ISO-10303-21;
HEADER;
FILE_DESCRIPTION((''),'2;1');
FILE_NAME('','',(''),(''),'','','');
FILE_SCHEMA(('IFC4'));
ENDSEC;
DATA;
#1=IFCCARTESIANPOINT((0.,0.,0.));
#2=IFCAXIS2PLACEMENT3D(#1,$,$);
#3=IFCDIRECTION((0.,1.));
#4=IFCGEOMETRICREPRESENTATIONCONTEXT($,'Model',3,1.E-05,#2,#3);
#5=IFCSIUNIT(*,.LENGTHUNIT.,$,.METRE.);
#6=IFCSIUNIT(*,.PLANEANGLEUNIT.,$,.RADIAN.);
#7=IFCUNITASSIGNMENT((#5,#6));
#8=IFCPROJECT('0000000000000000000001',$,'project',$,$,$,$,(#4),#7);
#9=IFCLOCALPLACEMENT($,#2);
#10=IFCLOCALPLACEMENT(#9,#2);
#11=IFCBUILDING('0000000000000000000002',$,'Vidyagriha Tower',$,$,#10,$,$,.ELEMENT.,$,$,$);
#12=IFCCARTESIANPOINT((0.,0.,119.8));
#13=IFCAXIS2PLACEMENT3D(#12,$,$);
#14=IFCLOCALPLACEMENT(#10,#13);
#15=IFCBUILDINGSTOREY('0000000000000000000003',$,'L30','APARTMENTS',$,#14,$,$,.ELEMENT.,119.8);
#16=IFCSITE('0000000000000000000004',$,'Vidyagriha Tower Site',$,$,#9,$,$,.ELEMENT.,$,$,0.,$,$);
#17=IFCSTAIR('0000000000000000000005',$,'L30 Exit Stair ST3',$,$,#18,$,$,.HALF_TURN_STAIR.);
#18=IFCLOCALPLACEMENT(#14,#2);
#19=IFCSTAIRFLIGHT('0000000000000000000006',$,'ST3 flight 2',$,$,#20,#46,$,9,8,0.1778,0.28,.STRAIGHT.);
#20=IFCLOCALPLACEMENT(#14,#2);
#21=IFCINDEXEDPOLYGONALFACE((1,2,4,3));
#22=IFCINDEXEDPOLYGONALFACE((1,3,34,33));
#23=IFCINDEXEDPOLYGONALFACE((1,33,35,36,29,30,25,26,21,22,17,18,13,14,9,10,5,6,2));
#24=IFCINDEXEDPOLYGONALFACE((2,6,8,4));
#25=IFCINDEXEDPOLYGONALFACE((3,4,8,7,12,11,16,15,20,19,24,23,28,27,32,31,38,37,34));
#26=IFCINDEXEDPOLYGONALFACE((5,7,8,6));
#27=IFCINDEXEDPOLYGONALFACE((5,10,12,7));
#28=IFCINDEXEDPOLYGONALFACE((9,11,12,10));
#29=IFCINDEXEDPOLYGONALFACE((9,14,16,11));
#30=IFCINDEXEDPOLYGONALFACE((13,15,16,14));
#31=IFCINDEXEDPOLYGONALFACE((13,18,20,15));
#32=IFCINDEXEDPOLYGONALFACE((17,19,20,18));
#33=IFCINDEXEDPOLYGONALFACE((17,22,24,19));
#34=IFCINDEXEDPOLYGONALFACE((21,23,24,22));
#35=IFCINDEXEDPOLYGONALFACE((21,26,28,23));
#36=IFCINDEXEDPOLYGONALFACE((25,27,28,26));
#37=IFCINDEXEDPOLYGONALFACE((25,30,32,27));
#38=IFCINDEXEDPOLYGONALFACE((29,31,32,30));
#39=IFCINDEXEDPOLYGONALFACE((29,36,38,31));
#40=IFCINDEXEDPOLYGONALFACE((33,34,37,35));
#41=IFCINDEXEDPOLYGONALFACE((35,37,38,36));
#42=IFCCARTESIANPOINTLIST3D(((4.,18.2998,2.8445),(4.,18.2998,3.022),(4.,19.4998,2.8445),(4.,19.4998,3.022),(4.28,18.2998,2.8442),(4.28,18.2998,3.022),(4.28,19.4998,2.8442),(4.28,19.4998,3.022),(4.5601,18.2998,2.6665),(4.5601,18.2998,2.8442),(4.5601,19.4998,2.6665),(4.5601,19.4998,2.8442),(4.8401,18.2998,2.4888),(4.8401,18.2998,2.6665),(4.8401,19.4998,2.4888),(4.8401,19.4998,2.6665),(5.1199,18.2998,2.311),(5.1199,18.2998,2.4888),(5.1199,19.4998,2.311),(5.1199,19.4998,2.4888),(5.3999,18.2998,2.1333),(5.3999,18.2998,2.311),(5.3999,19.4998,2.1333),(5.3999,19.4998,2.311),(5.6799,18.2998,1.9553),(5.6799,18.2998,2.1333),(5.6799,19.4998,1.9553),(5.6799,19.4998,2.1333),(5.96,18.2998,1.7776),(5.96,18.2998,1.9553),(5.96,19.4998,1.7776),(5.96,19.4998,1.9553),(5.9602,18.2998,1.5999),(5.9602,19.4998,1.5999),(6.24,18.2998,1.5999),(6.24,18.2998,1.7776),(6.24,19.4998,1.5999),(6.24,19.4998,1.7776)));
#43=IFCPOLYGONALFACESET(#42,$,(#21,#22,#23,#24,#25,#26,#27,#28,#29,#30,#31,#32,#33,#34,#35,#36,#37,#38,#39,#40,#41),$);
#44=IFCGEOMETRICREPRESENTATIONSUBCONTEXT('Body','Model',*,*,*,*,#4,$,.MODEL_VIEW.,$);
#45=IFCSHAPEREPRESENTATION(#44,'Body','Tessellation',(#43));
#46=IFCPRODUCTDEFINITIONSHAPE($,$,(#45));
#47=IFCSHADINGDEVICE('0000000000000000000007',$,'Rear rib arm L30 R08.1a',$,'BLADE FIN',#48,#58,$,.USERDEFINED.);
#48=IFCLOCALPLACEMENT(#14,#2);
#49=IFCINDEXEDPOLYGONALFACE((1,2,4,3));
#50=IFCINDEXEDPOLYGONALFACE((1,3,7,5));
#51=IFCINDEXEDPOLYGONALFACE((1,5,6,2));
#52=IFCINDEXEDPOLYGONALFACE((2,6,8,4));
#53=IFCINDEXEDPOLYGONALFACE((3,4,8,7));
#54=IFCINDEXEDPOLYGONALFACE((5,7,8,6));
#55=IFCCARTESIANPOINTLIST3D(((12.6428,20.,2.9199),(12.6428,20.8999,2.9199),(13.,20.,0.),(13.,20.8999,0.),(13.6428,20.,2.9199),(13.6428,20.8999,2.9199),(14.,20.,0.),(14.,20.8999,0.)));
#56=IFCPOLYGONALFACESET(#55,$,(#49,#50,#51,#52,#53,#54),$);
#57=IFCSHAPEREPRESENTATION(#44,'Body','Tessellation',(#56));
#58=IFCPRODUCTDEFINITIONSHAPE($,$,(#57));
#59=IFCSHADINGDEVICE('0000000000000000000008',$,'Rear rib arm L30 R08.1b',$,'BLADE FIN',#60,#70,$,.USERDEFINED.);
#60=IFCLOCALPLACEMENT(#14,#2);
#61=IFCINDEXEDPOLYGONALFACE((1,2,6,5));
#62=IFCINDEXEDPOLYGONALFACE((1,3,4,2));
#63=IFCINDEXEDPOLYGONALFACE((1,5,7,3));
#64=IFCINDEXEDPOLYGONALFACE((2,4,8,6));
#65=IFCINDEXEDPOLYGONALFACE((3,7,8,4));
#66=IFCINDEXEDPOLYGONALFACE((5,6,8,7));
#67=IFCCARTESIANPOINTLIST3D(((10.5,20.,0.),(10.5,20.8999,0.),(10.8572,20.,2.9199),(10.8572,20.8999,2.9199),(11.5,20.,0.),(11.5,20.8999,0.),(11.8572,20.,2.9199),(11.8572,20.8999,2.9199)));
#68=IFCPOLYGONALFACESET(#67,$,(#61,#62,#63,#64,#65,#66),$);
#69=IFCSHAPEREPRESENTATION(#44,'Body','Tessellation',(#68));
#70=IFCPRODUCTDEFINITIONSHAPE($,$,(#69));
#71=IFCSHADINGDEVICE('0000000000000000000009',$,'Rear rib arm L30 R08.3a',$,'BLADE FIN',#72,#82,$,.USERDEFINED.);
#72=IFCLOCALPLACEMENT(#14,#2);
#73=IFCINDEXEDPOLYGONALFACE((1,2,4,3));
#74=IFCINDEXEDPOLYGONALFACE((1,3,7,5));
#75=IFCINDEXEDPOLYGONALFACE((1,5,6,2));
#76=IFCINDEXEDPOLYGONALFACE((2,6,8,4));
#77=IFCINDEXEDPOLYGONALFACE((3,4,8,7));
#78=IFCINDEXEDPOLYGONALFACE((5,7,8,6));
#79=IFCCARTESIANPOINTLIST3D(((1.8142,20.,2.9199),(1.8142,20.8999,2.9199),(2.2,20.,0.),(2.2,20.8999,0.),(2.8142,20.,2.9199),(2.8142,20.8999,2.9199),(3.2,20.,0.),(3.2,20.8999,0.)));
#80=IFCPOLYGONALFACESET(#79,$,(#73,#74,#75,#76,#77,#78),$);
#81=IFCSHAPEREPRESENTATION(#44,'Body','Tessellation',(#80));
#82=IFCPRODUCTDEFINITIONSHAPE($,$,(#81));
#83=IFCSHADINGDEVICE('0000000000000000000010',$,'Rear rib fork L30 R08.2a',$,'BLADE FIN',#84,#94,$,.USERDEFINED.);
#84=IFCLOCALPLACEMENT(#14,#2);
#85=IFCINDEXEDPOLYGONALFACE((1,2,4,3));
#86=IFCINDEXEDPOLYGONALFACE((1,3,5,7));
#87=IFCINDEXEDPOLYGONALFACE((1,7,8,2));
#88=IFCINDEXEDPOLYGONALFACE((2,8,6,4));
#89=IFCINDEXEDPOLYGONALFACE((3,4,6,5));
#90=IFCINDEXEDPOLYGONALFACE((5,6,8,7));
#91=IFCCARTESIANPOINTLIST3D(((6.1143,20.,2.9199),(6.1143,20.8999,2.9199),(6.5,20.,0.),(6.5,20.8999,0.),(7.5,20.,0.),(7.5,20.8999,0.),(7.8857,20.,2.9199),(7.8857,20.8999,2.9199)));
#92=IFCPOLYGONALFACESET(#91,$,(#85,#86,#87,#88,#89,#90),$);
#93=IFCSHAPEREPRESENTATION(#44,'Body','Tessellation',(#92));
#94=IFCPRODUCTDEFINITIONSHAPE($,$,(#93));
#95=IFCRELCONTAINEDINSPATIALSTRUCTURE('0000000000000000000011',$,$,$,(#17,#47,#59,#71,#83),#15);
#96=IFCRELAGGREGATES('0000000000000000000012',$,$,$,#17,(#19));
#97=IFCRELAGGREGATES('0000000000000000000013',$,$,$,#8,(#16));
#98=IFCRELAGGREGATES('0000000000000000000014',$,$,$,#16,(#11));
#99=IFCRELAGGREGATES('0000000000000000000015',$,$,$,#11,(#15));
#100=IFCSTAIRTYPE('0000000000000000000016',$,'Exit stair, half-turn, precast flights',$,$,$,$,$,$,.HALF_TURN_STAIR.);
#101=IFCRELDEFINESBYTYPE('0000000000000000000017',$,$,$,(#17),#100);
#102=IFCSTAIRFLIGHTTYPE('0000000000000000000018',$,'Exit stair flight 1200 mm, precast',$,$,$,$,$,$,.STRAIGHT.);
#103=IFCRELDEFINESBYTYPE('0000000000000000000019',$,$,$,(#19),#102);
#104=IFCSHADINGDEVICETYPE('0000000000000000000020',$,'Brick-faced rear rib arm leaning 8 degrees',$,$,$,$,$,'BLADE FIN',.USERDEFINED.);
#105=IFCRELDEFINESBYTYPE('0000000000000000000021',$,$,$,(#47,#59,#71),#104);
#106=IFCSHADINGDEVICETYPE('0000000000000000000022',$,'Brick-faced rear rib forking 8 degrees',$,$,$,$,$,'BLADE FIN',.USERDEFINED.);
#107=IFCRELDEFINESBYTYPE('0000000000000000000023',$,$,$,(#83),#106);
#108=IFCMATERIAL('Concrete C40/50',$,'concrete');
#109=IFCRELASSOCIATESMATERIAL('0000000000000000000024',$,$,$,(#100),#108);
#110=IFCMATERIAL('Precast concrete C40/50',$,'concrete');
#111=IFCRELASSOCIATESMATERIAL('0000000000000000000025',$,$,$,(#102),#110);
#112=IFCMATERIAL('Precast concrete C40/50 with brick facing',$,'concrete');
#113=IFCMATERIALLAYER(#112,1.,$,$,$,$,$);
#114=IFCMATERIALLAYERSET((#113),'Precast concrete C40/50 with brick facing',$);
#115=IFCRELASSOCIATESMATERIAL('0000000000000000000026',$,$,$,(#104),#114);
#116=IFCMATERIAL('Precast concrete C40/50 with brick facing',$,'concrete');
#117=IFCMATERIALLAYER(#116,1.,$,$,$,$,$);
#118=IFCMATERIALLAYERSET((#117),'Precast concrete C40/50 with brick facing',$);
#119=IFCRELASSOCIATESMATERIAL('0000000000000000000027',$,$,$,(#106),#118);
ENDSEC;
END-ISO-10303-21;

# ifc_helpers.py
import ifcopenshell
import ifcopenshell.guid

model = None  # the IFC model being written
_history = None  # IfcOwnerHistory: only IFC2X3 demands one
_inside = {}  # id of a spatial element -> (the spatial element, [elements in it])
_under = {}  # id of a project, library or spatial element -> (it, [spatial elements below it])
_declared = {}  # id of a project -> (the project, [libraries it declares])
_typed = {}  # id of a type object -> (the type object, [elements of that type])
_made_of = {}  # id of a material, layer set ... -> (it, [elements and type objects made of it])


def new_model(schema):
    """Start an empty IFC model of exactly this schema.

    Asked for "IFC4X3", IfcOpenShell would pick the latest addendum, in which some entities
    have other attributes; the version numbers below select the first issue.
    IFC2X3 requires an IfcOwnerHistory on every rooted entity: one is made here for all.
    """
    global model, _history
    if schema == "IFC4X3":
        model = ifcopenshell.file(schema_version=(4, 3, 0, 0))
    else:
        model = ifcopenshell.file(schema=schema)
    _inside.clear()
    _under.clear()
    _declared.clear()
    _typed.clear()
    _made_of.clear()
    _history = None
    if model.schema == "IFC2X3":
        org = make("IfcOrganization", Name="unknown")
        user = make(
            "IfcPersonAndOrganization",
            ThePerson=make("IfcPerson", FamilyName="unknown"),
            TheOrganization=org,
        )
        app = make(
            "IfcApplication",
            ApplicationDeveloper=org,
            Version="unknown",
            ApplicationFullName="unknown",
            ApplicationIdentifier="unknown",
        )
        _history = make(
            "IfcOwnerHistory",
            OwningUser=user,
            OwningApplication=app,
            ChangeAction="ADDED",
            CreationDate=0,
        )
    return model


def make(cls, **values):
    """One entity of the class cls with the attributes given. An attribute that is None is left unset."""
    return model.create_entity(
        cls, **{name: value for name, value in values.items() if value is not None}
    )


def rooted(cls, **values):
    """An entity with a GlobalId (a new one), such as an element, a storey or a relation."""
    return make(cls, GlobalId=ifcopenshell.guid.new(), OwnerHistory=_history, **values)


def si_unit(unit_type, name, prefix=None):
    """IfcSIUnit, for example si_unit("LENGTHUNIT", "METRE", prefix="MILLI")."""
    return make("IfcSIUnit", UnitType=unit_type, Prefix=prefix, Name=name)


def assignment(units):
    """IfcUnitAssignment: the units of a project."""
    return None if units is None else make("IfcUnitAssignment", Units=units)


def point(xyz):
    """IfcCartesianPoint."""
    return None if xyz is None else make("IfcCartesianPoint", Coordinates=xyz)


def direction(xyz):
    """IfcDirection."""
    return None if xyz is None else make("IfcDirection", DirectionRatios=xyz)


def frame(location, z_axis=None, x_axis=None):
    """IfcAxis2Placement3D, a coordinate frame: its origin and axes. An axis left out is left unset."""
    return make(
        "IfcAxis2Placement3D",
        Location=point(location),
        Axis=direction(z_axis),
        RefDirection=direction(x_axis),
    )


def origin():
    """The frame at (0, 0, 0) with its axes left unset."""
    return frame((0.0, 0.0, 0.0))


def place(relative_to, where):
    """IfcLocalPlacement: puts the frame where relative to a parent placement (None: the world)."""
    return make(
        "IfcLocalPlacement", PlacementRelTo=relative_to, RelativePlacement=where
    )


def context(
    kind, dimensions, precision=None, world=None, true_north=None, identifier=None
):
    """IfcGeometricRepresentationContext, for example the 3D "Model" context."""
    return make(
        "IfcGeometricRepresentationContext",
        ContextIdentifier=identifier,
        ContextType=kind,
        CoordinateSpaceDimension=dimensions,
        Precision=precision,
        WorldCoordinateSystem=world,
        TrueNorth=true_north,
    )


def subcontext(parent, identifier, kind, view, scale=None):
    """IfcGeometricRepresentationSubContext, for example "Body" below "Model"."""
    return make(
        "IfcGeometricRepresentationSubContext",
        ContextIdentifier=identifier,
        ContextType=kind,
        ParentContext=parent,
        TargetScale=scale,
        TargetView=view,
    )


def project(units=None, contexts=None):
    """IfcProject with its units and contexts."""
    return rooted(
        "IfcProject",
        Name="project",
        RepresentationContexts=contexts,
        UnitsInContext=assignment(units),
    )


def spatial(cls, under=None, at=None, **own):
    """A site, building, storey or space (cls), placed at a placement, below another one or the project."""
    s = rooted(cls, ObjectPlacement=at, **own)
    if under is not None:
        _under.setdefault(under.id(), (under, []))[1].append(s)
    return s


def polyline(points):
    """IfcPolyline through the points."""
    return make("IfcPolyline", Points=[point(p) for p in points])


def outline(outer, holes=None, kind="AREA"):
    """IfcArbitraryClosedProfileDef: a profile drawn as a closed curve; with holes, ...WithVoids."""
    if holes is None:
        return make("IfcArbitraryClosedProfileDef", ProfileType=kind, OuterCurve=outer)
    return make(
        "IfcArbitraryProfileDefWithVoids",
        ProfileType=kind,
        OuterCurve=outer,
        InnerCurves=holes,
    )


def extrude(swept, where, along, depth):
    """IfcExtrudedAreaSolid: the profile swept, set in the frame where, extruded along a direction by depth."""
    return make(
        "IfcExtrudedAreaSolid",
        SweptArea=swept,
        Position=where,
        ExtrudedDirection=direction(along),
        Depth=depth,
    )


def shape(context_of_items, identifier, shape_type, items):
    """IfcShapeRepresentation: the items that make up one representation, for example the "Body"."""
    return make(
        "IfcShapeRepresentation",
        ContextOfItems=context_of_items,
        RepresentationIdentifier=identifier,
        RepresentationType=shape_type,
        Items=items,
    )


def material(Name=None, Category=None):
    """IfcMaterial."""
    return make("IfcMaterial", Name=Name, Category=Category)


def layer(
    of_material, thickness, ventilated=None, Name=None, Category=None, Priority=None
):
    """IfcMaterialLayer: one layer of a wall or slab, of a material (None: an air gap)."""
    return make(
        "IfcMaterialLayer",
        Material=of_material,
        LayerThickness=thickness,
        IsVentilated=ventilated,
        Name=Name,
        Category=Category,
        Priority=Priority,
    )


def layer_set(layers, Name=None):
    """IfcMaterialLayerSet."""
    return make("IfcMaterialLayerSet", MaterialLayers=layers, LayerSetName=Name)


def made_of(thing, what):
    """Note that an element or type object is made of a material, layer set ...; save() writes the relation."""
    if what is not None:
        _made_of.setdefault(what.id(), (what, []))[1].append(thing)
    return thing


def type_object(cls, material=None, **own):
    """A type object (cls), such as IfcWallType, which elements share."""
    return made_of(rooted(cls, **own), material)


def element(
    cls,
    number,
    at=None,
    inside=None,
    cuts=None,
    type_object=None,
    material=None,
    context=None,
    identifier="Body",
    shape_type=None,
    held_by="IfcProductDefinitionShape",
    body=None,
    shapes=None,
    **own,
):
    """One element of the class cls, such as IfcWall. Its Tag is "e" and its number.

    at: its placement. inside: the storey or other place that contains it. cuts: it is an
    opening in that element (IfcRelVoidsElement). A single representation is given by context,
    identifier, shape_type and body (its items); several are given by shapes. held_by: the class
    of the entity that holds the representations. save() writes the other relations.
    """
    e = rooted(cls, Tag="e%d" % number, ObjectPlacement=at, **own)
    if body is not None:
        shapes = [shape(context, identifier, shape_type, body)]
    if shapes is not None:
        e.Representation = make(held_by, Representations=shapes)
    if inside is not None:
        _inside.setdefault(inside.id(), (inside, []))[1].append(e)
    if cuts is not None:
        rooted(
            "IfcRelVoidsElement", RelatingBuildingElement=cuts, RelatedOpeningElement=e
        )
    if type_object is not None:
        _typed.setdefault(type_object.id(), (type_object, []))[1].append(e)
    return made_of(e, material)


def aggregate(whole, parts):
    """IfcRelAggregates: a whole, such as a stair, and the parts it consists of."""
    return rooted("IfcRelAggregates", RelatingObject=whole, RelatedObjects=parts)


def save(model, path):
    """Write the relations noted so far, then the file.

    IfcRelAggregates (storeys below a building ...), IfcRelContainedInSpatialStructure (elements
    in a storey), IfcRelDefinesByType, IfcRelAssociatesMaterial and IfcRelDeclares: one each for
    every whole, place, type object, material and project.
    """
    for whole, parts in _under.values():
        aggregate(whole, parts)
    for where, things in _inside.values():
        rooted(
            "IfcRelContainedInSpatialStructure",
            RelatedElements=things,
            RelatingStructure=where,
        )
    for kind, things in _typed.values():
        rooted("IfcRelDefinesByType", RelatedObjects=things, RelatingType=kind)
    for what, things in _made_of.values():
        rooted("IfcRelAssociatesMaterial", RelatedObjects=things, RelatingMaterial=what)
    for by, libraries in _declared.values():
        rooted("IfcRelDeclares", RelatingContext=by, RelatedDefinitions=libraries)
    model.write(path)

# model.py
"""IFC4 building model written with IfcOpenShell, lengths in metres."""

from ifc_helpers import new_model, si_unit, direction, frame, origin, place, context, subcontext, project, spatial, polyline, outline, extrude, material, layer, layer_set, type_object, element, aggregate, save


model = new_model("IFC4")

# Units and contexts
model_context = context("Model", 3, precision=1e-05, world=origin(), true_north=direction((0.0, 1.0)))
body_context = subcontext(model_context, "Body", "Model", "MODEL_VIEW")
ifc_project = project(units=[si_unit("LENGTHUNIT", "METRE"), si_unit("PLANEANGLEUNIT", "RADIAN")], contexts=[model_context])

# Site, building, storey
site_placement = place(None, origin())
site = spatial("IfcSite", under=ifc_project, at=site_placement, Name="Vidyagriha Tower Site", CompositionType="ELEMENT", RefElevation=0.0)
building_placement = place(site_placement, origin())
building = spatial("IfcBuilding", under=site, at=building_placement, Name="Vidyagriha Tower", CompositionType="ELEMENT")
storey_placement = place(building_placement, frame((0.0, 0.0, 119.8)))
storey = spatial("IfcBuildingStorey", under=building, at=storey_placement, Name="L30", Description="APARTMENTS", CompositionType="ELEMENT", Elevation=119.8)

# Shared definitions
ifc_material_1 = material(Name="Concrete C40/50", Category="concrete")
stair_type = type_object("IfcStairType", Name="Exit stair, half-turn, precast flights", PredefinedType="HALF_TURN_STAIR", material=ifc_material_1)
ifc_material_2 = material(Name="Precast concrete C40/50", Category="concrete")
stair_flight_type = type_object("IfcStairFlightType", Name="Exit stair flight 1200 mm, precast", PredefinedType="STRAIGHT", material=ifc_material_2)

# Stair, stair flight
stair_1_placement = place(storey_placement, origin())
stair_1 = element("IfcStair", 1, at=stair_1_placement, inside=storey, type_object=stair_type, Name="L30 Exit Stair ST3", PredefinedType="HALF_TURN_STAIR")
stair_flight_1_placement = place(storey_placement, frame((6.24, 18.8999, 1.5999), z_axis=(0.0, 0.0, 1.0), x_axis=(-1.0, 0.0, 0.0)))
stair_flight_1 = element("IfcStairFlight", 2, at=stair_flight_1_placement, type_object=stair_flight_type, Name="ST3 flight 2", NumberOfRisers=9, NumberOfTreads=8, PredefinedType="STRAIGHT", RiserHeight=0.1778, TreadLength=0.28, context=body_context, shape_type="SweptSolid", body=[
    extrude(outline(polyline([(0.0, 0.0), (0.0, 0.1777), (0.28, 0.1777), (0.28, 0.3555), (0.5601, 0.3555), (0.5601, 0.5334), (0.8401, 0.5334), (0.8401, 0.7112), (1.1201, 0.7112), (1.1201, 0.8889), (1.3999, 0.8889), (1.3999, 1.0667), (1.6799, 1.0667), (1.6799, 1.2444), (1.96, 1.2444), (1.96, 1.4221), (2.24, 1.4221), (2.24, 1.6001), (2.24, 1.2446), (0.2798, 0.0), (0.0, 0.0)])), frame((0.0, 0.6001, 0.0), z_axis=(0.0, -1.0, 0.0), x_axis=(1.0, 0.0, 0.0)), (0.0, 0.0, 1.0), 1.2),
])
aggregate(stair_1, [stair_flight_1])

# Shading devices
ifc_material_3 = material(Name="Precast concrete C40/50 with brick facing", Category="concrete")
ifc_layer_1 = layer(ifc_material_3, 1.0)
ifc_layer_set_1 = layer_set([ifc_layer_1], Name="Precast concrete C40/50 with brick facing")
shading_device_type_1 = type_object("IfcShadingDeviceType", Name="Brick-faced rear rib arm leaning 8 degrees", ElementType="BLADE FIN", PredefinedType="USERDEFINED", material=ifc_layer_set_1)
shading_device_1_placement = place(storey_placement, frame((14.0, 20.45, 0.0), z_axis=(0.0, 0.0, 1.0), x_axis=(-1.0, 0.0, 0.0)))
element("IfcShadingDevice", 3, at=shading_device_1_placement, inside=storey, type_object=shading_device_type_1, Name="Rear rib arm L30 R08.1a", ObjectType="BLADE FIN", PredefinedType="USERDEFINED", context=body_context, shape_type="SweptSolid", body=[
    extrude(outline(polyline([(0.0, 0.0), (1.0, 0.0), (1.3572, 2.9199), (0.3572, 2.9199), (0.0, 0.0)])), frame((0.0, 0.45, 0.0), z_axis=(0.0, -1.0, 0.0), x_axis=(1.0, 0.0, 0.0)), (0.0, 0.0, 1.0), 0.8999),
])
shading_device_2_placement = place(storey_placement, frame((11.8572, 20.45, 0.0), z_axis=(0.0, 0.0, 1.0), x_axis=(-1.0, 0.0, 0.0)))
element("IfcShadingDevice", 4, at=shading_device_2_placement, inside=storey, type_object=shading_device_type_1, Name="Rear rib arm L30 R08.1b", ObjectType="BLADE FIN", PredefinedType="USERDEFINED", context=body_context, shape_type="SweptSolid", body=[
    extrude(outline(polyline([(0.3572, 0.0), (1.3572, 0.0), (1.0, 2.9199), (0.0, 2.9199), (0.3572, 0.0)])), frame((0.0, 0.45, 0.0), z_axis=(0.0, -1.0, 0.0), x_axis=(1.0, 0.0, 0.0)), (0.0, 0.0, 1.0), 0.8999),
])
shading_device_3_placement = place(storey_placement, frame((3.2, 20.45, 0.0), z_axis=(0.0, 0.0, 1.0), x_axis=(-1.0, 0.0, 0.0)))
element("IfcShadingDevice", 5, at=shading_device_3_placement, inside=storey, type_object=shading_device_type_1, Name="Rear rib arm L30 R08.3a", ObjectType="BLADE FIN", PredefinedType="USERDEFINED", context=body_context, shape_type="SweptSolid", body=[
    extrude(outline(polyline([(0.0, 0.0), (1.0, 0.0), (1.3857, 2.9199), (0.3857, 2.9199), (0.0, 0.0)])), frame((0.0, 0.45, 0.0), z_axis=(0.0, -1.0, 0.0), x_axis=(1.0, 0.0, 0.0)), (0.0, 0.0, 1.0), 0.8999),
])
ifc_material_4 = material(Name="Precast concrete C40/50 with brick facing", Category="concrete")
ifc_layer_2 = layer(ifc_material_4, 1.0)
ifc_layer_set_2 = layer_set([ifc_layer_2], Name="Precast concrete C40/50 with brick facing")
shading_device_type_2 = type_object("IfcShadingDeviceType", Name="Brick-faced rear rib forking 8 degrees", ElementType="BLADE FIN", PredefinedType="USERDEFINED", material=ifc_layer_set_2)
shading_device_4_placement = place(storey_placement, frame((7.8857, 20.45, 0.0), z_axis=(0.0, 0.0, 1.0), x_axis=(-1.0, 0.0, 0.0)))
element("IfcShadingDevice", 6, at=shading_device_4_placement, inside=storey, type_object=shading_device_type_2, Name="Rear rib fork L30 R08.2a", ObjectType="BLADE FIN", PredefinedType="USERDEFINED", context=body_context, shape_type="SweptSolid", body=[
    extrude(outline(polyline([(0.3857, 0.0), (1.3857, 0.0), (1.7715, 2.9199), (0.0, 2.9199), (0.3857, 0.0)])), frame((0.0, 0.45, 0.0), z_axis=(0.0, -1.0, 0.0), x_axis=(1.0, 0.0, 0.0)), (0.0, 0.0, 1.0), 0.8999),
])

save(model, "model.ifc")
